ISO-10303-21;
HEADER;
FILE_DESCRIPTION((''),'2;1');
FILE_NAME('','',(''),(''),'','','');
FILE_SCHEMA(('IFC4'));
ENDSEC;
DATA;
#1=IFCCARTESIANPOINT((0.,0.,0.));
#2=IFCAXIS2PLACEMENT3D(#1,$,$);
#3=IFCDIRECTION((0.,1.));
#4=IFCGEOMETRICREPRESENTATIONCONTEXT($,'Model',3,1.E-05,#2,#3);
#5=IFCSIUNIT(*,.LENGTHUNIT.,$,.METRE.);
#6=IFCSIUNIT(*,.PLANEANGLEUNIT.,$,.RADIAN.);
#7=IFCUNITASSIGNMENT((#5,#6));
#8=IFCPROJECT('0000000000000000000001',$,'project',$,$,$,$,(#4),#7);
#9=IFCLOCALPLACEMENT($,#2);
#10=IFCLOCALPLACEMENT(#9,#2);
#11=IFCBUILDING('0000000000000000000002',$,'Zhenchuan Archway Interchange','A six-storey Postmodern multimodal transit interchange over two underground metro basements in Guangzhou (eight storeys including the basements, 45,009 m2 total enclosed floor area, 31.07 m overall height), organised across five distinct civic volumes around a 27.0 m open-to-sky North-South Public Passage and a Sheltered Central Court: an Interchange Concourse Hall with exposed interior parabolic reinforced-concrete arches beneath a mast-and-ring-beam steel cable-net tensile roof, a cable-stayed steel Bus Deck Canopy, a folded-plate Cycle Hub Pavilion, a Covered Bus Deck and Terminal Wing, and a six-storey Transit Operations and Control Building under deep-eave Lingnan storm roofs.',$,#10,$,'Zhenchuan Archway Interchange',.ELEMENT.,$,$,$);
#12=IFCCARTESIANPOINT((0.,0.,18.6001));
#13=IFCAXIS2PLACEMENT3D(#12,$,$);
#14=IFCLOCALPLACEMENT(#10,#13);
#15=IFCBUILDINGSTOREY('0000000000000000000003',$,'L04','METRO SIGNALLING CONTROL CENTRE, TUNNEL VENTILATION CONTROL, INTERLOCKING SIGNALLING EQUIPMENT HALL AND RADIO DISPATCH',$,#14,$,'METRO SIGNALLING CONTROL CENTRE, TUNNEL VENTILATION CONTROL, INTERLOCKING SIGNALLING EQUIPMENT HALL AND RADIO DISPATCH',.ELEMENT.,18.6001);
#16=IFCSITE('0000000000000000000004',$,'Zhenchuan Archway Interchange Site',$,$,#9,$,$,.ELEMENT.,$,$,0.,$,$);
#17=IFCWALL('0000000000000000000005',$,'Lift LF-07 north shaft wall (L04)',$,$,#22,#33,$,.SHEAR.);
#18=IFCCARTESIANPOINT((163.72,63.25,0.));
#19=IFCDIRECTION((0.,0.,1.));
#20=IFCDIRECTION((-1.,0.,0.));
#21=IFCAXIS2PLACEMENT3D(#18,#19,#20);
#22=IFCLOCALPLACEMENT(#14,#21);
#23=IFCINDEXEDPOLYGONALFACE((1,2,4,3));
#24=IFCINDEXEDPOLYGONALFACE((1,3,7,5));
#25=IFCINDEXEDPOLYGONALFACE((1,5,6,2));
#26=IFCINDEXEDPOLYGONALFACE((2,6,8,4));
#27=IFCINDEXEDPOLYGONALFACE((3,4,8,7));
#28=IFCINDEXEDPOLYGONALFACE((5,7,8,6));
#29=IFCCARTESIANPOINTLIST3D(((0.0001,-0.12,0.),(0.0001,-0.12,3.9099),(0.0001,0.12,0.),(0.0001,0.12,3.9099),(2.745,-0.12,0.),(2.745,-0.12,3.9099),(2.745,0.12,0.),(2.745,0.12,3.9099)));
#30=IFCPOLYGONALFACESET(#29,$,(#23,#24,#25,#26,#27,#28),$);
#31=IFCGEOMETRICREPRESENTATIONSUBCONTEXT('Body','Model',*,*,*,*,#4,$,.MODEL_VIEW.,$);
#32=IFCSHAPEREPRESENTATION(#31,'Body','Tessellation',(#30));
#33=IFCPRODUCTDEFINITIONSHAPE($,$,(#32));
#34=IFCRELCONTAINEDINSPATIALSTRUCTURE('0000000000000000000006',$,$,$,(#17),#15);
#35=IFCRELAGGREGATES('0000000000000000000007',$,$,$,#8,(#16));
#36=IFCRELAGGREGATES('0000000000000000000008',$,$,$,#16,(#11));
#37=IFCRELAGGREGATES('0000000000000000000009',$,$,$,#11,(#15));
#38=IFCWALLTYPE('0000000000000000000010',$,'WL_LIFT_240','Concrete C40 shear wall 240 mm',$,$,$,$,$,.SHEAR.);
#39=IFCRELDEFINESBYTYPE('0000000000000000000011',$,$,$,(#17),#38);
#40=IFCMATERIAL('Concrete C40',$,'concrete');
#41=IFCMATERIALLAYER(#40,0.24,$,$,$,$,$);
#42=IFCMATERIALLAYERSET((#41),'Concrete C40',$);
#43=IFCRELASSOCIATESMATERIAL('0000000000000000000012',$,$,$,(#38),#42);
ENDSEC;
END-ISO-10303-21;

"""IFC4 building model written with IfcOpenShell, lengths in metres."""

from ifc_helpers import new_model, si_unit, direction, frame, frame_2d, origin, place, context, subcontext, project, spatial, rectangle, extrude, material, layer, layer_set, type_object, element, save


model = new_model("IFC4")

# Units and contexts
model_context = context("Model", 3, precision=1e-05, world=origin(), true_north=direction((0.0, 1.0)))
body_context = subcontext(model_context, "Body", "Model", "MODEL_VIEW")
ifc_project = project(units=[si_unit("LENGTHUNIT", "METRE"), si_unit("PLANEANGLEUNIT", "RADIAN")], contexts=[model_context])

# Site, building, storey
site_placement = place(None, origin())
site = spatial("IfcSite", under=ifc_project, at=site_placement, Name="Zhenchuan Archway Interchange Site", CompositionType="ELEMENT", RefElevation=0.0)
building_placement = place(site_placement, origin())
building = spatial("IfcBuilding", under=site, at=building_placement, Name="Zhenchuan Archway Interchange", Description="A six-storey Postmodern multimodal transit interchange over two underground metro basements in Guangzhou (eight storeys including the basements, 45,009 m2 total enclosed floor area, 31.07 m overall height), organised across five distinct civic volumes around a 27.0 m open-to-sky North-South Public Passage and a Sheltered Central Court: an Interchange Concourse Hall with exposed interior parabolic reinforced-concrete arches beneath a mast-and-ring-beam steel cable-net tensile roof, a cable-stayed steel Bus Deck Canopy, a folded-plate Cycle Hub Pavilion, a Covered Bus Deck and Terminal Wing, and a six-storey Transit Operations and Control Building under deep-eave Lingnan storm roofs.", LongName="Zhenchuan Archway Interchange", CompositionType="ELEMENT")
storey_placement = place(building_placement, frame((0.0, 0.0, 18.6001)))
storey = spatial("IfcBuildingStorey", under=building, at=storey_placement, Name="L04", Description="METRO SIGNALLING CONTROL CENTRE, TUNNEL VENTILATION CONTROL, INTERLOCKING SIGNALLING EQUIPMENT HALL AND RADIO DISPATCH", LongName="METRO SIGNALLING CONTROL CENTRE, TUNNEL VENTILATION CONTROL, INTERLOCKING SIGNALLING EQUIPMENT HALL AND RADIO DISPATCH", CompositionType="ELEMENT", Elevation=18.6001)

# Shared definitions
ifc_material_1 = material(Name="Concrete C40", Category="concrete")

# Wall
ifc_layer_1 = layer(ifc_material_1, 0.24)
ifc_layer_set_1 = layer_set([ifc_layer_1], Name="Concrete C40")
wall_type_1 = type_object("IfcWallType", Name="WL_LIFT_240", Description="Concrete C40 shear wall 240 mm", PredefinedType="SHEAR", material=ifc_layer_set_1)
wall_1_placement = place(storey_placement, frame((163.72, 63.25, 0.0), z_axis=(0.0, 0.0, 1.0), x_axis=(-1.0, 0.0, 0.0)))
element("IfcWall", 1, at=wall_1_placement, inside=storey, type_object=wall_type_1, Name="Lift LF-07 north shaft wall (L04)", PredefinedType="SHEAR", context=body_context, shape_type="SweptSolid", body=[
    extrude(rectangle(XDim=2.7449, YDim=0.24, at=frame_2d((1.3726, 0.0))), origin(), (0.0, 0.0, 1.0), 3.9099),
])

save(model, "model.ifc")
